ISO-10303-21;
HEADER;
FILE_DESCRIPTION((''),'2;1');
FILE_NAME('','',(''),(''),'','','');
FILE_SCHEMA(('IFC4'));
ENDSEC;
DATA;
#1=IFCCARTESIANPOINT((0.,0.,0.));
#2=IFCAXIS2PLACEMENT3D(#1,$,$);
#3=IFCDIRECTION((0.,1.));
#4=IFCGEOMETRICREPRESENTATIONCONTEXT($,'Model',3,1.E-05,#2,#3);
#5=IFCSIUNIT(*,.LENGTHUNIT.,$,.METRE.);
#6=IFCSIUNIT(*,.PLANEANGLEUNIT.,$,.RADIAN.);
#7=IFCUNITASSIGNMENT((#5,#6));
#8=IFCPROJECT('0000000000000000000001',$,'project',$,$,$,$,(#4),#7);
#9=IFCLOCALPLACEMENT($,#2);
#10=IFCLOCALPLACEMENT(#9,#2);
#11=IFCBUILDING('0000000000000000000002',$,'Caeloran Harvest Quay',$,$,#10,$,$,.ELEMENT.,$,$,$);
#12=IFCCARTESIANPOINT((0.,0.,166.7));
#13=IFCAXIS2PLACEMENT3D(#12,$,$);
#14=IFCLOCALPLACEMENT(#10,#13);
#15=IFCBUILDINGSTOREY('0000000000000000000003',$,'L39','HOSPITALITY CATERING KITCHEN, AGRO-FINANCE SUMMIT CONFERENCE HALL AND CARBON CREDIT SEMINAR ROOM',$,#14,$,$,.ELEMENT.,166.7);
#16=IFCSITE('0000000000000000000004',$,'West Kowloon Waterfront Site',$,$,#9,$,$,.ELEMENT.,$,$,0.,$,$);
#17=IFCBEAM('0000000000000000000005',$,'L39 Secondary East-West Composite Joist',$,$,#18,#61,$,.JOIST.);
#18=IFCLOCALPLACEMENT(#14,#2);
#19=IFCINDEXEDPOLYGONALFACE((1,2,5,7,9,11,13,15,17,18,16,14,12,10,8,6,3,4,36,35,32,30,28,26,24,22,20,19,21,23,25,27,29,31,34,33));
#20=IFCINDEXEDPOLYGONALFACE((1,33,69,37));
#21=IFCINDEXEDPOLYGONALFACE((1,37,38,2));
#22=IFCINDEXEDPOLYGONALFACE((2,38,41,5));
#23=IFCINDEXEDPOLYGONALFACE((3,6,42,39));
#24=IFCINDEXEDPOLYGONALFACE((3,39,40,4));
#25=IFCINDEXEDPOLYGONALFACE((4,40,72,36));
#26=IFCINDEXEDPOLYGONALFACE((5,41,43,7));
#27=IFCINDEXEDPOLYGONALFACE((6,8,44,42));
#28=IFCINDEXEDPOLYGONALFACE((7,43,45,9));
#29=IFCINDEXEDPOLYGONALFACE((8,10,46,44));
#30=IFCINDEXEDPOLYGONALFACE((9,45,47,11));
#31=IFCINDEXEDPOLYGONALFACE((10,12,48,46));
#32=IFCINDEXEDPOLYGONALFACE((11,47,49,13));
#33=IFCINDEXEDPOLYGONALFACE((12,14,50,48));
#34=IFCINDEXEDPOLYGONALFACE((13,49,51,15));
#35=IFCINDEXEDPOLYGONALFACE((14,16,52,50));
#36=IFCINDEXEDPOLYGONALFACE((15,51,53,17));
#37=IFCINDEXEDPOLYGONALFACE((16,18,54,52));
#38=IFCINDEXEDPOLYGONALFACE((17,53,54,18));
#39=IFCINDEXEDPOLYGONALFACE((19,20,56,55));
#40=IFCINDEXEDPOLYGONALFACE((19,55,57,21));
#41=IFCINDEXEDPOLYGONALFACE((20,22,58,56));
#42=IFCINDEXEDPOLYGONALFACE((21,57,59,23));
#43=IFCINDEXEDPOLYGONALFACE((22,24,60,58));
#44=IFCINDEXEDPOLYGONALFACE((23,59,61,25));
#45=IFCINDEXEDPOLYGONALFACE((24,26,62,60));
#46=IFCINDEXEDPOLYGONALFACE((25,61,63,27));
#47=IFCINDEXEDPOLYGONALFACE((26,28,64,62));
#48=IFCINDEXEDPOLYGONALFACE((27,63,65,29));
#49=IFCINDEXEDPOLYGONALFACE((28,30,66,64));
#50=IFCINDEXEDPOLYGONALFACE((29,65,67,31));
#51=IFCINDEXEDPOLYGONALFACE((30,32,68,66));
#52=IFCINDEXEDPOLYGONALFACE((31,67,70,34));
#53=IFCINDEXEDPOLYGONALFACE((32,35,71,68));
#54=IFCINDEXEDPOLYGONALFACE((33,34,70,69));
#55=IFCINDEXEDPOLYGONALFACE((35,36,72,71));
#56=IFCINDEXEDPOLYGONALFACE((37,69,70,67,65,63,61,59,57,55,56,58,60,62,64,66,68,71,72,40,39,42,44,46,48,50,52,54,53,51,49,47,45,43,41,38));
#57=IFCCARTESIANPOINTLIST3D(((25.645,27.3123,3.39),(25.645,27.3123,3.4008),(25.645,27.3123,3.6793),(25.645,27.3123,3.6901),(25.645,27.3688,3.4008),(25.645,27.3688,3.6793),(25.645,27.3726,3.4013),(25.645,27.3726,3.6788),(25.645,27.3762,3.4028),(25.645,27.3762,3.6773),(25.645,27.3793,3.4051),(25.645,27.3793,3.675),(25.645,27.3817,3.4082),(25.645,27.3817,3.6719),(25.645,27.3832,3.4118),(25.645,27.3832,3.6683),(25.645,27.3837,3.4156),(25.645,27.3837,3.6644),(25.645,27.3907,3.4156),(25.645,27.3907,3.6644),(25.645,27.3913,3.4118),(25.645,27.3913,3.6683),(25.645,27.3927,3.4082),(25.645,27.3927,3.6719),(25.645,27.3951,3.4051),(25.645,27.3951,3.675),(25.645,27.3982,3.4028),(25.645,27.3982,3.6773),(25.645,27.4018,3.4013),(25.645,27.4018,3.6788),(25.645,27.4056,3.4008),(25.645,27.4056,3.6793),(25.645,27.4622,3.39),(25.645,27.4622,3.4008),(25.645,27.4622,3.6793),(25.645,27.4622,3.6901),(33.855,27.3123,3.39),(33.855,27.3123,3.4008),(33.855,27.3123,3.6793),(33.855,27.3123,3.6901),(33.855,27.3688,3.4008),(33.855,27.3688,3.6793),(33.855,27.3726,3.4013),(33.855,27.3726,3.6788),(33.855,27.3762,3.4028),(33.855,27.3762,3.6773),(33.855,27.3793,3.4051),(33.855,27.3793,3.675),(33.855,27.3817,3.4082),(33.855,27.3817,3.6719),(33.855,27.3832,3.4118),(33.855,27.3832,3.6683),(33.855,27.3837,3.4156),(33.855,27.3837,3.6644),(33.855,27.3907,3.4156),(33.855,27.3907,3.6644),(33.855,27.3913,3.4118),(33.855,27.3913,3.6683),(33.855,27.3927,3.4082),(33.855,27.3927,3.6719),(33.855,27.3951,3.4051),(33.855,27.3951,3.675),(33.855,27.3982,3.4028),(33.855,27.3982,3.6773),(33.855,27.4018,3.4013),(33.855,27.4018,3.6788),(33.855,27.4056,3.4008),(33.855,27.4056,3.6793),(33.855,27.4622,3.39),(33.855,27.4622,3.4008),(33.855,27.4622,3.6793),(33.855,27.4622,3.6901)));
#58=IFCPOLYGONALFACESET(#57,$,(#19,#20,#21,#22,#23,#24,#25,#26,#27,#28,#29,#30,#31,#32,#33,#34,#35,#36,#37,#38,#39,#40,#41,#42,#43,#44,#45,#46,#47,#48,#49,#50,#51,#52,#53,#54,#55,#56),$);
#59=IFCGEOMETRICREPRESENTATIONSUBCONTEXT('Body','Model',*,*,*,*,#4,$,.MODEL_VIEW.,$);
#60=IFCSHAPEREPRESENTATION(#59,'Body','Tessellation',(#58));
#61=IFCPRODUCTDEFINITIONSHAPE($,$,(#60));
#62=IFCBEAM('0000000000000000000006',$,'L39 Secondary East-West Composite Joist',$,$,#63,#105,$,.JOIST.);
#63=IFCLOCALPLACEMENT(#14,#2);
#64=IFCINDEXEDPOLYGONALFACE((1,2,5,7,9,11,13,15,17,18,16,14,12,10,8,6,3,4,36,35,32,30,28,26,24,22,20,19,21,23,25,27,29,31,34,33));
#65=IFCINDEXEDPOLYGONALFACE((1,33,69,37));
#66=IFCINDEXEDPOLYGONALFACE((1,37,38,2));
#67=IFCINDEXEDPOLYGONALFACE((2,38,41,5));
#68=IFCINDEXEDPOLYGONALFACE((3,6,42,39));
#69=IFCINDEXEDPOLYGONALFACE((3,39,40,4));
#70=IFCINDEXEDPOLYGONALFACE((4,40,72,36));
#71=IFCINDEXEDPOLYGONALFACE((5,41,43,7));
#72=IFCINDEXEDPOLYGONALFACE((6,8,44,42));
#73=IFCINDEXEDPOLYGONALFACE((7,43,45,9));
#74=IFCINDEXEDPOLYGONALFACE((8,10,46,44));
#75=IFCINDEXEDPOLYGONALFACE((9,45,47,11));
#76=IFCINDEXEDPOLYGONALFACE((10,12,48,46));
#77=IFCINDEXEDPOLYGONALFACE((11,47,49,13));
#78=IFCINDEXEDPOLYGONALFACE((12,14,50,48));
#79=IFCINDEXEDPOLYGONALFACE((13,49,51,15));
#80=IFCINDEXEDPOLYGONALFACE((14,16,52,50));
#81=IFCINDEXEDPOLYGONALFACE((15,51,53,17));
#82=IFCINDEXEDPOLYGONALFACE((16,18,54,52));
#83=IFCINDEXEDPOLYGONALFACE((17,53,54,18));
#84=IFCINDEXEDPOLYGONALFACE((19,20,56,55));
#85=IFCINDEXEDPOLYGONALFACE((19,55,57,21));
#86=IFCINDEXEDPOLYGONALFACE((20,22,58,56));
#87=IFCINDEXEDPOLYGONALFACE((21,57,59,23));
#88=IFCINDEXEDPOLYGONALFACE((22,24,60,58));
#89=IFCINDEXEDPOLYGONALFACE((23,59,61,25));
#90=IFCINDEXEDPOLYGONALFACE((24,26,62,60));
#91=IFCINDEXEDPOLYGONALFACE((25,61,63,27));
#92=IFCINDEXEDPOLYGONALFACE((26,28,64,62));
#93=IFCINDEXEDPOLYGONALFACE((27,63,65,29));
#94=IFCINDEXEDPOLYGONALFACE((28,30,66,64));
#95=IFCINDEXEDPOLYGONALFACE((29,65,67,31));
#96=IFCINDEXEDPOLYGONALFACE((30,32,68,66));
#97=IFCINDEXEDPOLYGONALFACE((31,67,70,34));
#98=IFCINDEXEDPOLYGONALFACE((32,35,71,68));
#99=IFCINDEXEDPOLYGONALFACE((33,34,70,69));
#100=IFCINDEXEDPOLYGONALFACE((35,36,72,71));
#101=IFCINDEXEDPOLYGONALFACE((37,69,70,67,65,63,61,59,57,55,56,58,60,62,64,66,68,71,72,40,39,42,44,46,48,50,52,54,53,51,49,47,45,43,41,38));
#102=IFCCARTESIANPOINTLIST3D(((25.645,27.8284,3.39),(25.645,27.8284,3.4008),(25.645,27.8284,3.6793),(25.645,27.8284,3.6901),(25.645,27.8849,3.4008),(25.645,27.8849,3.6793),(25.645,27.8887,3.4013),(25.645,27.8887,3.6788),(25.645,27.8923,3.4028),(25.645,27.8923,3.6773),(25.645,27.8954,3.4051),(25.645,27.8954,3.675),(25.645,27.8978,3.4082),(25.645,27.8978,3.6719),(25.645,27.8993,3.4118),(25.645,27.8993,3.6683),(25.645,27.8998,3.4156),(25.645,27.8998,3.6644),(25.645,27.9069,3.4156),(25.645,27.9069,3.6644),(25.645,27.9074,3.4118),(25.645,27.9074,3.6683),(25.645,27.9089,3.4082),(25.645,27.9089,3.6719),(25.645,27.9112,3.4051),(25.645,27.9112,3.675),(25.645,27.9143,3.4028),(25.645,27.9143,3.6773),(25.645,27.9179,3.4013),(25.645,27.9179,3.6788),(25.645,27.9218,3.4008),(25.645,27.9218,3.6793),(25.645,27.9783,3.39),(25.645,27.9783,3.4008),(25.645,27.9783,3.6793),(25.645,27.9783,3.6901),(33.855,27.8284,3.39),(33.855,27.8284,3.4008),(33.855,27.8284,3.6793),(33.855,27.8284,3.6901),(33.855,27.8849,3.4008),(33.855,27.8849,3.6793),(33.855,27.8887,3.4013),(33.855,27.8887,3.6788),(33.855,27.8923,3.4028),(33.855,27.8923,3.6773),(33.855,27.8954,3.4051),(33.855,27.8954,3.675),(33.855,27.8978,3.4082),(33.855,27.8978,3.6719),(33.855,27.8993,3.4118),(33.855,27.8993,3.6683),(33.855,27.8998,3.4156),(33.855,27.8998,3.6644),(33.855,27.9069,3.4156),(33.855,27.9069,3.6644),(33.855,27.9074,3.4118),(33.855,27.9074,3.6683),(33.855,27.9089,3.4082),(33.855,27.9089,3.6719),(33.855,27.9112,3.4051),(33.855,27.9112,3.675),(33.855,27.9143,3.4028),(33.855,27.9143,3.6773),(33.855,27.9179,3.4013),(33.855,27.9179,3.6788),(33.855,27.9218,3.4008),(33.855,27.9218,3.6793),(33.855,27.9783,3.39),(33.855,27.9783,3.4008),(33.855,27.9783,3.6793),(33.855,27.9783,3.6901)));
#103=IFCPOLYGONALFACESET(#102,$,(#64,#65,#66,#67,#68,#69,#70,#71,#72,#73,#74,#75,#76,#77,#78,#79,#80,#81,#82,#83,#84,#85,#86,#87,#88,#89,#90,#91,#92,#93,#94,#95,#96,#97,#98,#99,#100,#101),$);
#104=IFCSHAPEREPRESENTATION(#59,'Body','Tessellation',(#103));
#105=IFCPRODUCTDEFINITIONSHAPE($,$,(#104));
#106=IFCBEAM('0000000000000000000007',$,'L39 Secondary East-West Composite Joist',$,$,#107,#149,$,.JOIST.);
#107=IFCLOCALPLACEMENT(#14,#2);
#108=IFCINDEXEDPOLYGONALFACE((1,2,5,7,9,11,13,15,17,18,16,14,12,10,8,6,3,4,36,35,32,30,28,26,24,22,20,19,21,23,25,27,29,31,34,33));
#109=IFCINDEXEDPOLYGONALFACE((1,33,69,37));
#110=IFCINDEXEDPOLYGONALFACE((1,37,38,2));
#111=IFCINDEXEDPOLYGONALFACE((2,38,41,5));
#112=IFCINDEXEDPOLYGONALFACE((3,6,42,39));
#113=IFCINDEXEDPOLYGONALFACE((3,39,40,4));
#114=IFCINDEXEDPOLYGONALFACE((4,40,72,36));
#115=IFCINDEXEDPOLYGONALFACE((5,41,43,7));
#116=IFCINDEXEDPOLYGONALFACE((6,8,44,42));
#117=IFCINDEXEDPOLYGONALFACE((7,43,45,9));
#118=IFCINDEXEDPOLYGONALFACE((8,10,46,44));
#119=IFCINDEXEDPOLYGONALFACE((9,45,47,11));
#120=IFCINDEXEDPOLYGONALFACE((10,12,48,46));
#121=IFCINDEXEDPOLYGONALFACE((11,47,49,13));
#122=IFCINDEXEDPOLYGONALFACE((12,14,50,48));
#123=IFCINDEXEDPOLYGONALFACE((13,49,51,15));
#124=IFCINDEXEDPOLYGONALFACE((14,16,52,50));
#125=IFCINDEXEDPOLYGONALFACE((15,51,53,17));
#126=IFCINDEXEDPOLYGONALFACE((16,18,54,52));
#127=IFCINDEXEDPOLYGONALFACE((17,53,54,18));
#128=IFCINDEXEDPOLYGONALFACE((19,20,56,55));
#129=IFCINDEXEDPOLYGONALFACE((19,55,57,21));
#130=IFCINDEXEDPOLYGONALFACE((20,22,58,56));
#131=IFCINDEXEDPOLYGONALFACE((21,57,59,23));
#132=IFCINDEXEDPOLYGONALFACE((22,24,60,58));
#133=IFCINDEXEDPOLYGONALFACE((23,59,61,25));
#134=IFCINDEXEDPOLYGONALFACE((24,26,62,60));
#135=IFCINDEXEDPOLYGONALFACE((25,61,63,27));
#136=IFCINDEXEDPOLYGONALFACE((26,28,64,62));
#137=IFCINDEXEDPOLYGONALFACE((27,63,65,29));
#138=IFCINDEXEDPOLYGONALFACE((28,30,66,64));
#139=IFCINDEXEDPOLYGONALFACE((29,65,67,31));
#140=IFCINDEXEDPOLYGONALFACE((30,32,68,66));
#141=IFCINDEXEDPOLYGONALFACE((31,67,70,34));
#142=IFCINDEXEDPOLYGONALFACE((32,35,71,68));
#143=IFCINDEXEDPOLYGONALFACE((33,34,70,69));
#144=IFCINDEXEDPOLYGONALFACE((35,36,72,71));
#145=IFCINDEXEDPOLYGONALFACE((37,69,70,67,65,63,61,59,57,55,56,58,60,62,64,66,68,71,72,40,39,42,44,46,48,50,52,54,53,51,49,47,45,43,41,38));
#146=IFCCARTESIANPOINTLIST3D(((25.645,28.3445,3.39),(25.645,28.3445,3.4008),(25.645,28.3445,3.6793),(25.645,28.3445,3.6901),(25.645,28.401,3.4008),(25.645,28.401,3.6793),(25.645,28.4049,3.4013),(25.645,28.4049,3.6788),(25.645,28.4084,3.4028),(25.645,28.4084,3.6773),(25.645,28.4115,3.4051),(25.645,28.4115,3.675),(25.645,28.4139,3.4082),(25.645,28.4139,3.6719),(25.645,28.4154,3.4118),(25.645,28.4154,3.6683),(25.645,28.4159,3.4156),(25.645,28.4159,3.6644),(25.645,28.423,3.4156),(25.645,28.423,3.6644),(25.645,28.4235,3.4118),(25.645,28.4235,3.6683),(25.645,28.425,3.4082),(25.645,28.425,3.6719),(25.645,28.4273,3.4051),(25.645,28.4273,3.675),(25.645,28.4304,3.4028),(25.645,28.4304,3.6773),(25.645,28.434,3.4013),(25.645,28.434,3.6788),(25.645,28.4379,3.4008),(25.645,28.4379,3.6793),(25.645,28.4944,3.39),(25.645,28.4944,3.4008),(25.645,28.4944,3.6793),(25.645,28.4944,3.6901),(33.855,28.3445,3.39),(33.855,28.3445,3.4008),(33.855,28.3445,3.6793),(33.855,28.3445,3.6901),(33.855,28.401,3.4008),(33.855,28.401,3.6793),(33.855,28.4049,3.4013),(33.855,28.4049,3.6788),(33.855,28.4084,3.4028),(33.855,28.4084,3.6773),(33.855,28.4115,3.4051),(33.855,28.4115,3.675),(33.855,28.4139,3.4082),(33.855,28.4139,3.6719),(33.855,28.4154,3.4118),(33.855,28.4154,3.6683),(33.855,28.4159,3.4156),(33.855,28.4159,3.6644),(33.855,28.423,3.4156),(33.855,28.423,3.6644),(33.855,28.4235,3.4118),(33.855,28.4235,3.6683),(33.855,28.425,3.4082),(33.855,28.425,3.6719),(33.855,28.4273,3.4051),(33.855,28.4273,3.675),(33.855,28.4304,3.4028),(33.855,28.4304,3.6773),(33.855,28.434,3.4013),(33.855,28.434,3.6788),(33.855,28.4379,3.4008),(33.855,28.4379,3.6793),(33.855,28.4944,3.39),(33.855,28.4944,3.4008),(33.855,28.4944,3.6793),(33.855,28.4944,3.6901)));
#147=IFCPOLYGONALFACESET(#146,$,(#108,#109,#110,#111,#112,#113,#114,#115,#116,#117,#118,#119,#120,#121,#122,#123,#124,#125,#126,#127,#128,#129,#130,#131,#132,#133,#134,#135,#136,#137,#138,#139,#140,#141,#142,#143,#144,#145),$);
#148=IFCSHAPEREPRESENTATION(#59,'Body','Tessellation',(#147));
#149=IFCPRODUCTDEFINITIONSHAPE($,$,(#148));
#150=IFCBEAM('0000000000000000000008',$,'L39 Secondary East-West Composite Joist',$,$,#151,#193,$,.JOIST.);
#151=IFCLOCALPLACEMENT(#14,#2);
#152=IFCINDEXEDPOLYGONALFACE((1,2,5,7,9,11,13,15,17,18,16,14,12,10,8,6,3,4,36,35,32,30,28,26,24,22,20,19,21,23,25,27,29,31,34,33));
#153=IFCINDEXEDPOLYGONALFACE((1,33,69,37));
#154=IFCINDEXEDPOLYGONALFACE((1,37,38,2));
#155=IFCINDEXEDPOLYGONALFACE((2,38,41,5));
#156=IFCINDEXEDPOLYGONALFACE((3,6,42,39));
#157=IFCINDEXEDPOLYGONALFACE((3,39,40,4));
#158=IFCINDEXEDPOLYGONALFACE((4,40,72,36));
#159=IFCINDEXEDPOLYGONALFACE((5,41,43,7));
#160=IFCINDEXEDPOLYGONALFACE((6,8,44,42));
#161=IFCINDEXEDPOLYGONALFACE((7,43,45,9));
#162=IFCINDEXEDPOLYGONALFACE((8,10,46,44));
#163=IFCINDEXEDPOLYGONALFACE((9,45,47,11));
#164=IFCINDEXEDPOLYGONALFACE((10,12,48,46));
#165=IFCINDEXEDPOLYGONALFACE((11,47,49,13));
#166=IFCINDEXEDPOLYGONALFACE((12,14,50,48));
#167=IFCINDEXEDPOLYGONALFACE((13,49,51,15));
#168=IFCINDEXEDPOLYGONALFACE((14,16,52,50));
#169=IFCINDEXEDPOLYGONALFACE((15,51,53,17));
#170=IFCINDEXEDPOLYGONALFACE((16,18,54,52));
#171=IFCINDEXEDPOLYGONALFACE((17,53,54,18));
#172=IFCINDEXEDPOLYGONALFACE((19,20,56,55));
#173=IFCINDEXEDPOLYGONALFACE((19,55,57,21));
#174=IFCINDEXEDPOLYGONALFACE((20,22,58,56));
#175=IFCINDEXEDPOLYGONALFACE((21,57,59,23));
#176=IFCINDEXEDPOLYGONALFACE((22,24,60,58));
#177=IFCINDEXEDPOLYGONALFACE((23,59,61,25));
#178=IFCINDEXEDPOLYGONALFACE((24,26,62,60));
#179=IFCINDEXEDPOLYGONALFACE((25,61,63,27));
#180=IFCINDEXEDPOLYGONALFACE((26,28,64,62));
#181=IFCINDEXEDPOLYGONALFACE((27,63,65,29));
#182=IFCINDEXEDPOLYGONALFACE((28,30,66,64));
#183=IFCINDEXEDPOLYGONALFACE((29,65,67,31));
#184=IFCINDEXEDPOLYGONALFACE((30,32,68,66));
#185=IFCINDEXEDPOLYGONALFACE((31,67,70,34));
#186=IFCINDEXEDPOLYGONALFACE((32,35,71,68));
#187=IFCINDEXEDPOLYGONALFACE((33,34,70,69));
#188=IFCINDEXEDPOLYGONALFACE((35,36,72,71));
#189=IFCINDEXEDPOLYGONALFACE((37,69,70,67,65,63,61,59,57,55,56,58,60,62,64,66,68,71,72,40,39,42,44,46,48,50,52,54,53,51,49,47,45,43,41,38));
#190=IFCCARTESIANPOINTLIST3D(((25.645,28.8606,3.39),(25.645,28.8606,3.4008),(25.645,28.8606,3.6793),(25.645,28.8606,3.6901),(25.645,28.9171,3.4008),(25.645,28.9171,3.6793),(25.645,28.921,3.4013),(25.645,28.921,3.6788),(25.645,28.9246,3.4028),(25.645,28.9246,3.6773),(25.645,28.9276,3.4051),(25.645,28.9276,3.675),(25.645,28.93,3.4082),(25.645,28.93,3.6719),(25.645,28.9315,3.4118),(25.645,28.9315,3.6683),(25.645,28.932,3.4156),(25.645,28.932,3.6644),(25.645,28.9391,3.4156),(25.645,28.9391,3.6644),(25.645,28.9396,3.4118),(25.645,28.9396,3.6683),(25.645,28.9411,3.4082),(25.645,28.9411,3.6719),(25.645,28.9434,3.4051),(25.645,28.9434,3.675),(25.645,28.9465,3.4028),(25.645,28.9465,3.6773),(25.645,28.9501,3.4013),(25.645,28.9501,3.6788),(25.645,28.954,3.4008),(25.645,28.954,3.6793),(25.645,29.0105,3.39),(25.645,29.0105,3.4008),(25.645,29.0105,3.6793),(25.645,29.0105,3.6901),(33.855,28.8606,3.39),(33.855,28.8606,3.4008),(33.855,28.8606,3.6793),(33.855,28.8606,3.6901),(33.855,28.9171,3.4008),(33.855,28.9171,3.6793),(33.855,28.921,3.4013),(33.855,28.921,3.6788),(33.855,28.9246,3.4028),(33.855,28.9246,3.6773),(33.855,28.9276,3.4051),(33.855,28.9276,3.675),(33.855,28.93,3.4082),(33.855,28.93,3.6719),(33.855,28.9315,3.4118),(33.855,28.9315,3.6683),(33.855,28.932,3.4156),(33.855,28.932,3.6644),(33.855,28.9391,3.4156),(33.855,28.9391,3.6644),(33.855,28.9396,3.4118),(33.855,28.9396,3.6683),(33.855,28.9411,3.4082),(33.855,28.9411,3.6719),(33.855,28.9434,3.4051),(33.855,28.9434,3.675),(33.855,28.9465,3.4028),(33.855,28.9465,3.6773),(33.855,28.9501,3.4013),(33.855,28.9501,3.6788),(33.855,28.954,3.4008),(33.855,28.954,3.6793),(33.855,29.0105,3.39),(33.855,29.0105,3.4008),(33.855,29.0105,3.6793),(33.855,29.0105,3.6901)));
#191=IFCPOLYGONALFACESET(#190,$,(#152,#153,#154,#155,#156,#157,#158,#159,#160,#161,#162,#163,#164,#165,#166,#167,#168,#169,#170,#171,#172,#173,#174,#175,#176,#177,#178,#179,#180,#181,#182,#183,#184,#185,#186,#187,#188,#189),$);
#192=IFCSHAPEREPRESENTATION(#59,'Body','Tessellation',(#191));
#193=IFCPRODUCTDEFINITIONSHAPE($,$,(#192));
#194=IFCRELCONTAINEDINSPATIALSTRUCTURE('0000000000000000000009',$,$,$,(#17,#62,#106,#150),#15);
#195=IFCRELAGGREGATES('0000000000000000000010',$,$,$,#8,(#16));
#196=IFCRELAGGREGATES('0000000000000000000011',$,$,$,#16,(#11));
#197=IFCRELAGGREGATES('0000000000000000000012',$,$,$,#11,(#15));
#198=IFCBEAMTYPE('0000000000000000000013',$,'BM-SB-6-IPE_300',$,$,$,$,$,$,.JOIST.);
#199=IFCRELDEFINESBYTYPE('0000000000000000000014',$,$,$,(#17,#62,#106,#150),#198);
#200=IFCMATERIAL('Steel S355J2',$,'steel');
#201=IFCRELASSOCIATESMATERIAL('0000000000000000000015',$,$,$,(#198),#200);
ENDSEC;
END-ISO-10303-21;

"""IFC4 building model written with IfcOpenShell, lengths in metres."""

from ifc_helpers import new_model, si_unit, direction, frame, origin, origin_2d, place, context, subcontext, project, spatial, i_section, extrude, material, material_profile, profile_set, type_object, element, save


model = new_model("IFC4")

# Units and contexts
model_context = context("Model", 3, precision=1e-05, world=origin(), true_north=direction((0.0, 1.0)))
body_context = subcontext(model_context, "Body", "Model", "MODEL_VIEW")
ifc_project = project(units=[si_unit("LENGTHUNIT", "METRE"), si_unit("PLANEANGLEUNIT", "RADIAN")], contexts=[model_context])

# Site, building, storey
site_placement = place(None, origin())
site = spatial("IfcSite", under=ifc_project, at=site_placement, Name="West Kowloon Waterfront Site", CompositionType="ELEMENT", RefElevation=0.0)
building_placement = place(site_placement, origin())
building = spatial("IfcBuilding", under=site, at=building_placement, Name="Caeloran Harvest Quay", CompositionType="ELEMENT")
storey_placement = place(building_placement, frame((0.0, 0.0, 166.7)))
storey = spatial("IfcBuildingStorey", under=building, at=storey_placement, Name="L39", Description="HOSPITALITY CATERING KITCHEN, AGRO-FINANCE SUMMIT CONFERENCE HALL AND CARBON CREDIT SEMINAR ROOM", CompositionType="ELEMENT", Elevation=166.7)

# Beams
ifc_material_1 = material(Name="Steel S355J2", Category="steel")
ifc_material_profile_1 = material_profile(ifc_material_1, i_section(OverallWidth=0.1499, OverallDepth=0.3, WebThickness=0.0071, FlangeThickness=0.0107, FilletRadius=0.0149, at=origin_2d()), Name="IPE 300")
ifc_profile_set_1 = profile_set([ifc_material_profile_1], Name="Steel S355J2")
beam_type_1 = type_object("IfcBeamType", Name="BM-SB-6-IPE_300", PredefinedType="JOIST", material=ifc_profile_set_1)
for number, where, z_axis, x_axis, name in (
    (1, (25.645, 27.3872, 3.54), (1.0, 0.0, 0.0), (0.0, 1.0, 0.0), "L39 Secondary East-West Composite Joist"),
    (2, (25.645, 27.9033, 3.54), (1.0, 0.0, 0.0), (0.0, 1.0, 0.0), "L39 Secondary East-West Composite Joist"),
    (3, (25.645, 28.4194, 3.54), (1.0, 0.0, 0.0), (0.0, 1.0, 0.0), "L39 Secondary East-West Composite Joist"),
    (4, (25.645, 28.9355, 3.54), (1.0, 0.0, 0.0), (0.0, 1.0, 0.0), "L39 Secondary East-West Composite Joist"),
):
    element("IfcBeam", number, at=place(storey_placement, frame(where, z_axis=z_axis, x_axis=x_axis)), inside=storey, type_object=beam_type_1, Name=name, PredefinedType="JOIST", context=body_context, shape_type="SweptSolid", body=[
        extrude(i_section(OverallWidth=0.1499, OverallDepth=0.3, WebThickness=0.0071, FlangeThickness=0.0107, FilletRadius=0.0149, at=origin_2d()), origin(), (0.0, 0.0, 1.0), 8.21),
    ])

save(model, "model.ifc")
